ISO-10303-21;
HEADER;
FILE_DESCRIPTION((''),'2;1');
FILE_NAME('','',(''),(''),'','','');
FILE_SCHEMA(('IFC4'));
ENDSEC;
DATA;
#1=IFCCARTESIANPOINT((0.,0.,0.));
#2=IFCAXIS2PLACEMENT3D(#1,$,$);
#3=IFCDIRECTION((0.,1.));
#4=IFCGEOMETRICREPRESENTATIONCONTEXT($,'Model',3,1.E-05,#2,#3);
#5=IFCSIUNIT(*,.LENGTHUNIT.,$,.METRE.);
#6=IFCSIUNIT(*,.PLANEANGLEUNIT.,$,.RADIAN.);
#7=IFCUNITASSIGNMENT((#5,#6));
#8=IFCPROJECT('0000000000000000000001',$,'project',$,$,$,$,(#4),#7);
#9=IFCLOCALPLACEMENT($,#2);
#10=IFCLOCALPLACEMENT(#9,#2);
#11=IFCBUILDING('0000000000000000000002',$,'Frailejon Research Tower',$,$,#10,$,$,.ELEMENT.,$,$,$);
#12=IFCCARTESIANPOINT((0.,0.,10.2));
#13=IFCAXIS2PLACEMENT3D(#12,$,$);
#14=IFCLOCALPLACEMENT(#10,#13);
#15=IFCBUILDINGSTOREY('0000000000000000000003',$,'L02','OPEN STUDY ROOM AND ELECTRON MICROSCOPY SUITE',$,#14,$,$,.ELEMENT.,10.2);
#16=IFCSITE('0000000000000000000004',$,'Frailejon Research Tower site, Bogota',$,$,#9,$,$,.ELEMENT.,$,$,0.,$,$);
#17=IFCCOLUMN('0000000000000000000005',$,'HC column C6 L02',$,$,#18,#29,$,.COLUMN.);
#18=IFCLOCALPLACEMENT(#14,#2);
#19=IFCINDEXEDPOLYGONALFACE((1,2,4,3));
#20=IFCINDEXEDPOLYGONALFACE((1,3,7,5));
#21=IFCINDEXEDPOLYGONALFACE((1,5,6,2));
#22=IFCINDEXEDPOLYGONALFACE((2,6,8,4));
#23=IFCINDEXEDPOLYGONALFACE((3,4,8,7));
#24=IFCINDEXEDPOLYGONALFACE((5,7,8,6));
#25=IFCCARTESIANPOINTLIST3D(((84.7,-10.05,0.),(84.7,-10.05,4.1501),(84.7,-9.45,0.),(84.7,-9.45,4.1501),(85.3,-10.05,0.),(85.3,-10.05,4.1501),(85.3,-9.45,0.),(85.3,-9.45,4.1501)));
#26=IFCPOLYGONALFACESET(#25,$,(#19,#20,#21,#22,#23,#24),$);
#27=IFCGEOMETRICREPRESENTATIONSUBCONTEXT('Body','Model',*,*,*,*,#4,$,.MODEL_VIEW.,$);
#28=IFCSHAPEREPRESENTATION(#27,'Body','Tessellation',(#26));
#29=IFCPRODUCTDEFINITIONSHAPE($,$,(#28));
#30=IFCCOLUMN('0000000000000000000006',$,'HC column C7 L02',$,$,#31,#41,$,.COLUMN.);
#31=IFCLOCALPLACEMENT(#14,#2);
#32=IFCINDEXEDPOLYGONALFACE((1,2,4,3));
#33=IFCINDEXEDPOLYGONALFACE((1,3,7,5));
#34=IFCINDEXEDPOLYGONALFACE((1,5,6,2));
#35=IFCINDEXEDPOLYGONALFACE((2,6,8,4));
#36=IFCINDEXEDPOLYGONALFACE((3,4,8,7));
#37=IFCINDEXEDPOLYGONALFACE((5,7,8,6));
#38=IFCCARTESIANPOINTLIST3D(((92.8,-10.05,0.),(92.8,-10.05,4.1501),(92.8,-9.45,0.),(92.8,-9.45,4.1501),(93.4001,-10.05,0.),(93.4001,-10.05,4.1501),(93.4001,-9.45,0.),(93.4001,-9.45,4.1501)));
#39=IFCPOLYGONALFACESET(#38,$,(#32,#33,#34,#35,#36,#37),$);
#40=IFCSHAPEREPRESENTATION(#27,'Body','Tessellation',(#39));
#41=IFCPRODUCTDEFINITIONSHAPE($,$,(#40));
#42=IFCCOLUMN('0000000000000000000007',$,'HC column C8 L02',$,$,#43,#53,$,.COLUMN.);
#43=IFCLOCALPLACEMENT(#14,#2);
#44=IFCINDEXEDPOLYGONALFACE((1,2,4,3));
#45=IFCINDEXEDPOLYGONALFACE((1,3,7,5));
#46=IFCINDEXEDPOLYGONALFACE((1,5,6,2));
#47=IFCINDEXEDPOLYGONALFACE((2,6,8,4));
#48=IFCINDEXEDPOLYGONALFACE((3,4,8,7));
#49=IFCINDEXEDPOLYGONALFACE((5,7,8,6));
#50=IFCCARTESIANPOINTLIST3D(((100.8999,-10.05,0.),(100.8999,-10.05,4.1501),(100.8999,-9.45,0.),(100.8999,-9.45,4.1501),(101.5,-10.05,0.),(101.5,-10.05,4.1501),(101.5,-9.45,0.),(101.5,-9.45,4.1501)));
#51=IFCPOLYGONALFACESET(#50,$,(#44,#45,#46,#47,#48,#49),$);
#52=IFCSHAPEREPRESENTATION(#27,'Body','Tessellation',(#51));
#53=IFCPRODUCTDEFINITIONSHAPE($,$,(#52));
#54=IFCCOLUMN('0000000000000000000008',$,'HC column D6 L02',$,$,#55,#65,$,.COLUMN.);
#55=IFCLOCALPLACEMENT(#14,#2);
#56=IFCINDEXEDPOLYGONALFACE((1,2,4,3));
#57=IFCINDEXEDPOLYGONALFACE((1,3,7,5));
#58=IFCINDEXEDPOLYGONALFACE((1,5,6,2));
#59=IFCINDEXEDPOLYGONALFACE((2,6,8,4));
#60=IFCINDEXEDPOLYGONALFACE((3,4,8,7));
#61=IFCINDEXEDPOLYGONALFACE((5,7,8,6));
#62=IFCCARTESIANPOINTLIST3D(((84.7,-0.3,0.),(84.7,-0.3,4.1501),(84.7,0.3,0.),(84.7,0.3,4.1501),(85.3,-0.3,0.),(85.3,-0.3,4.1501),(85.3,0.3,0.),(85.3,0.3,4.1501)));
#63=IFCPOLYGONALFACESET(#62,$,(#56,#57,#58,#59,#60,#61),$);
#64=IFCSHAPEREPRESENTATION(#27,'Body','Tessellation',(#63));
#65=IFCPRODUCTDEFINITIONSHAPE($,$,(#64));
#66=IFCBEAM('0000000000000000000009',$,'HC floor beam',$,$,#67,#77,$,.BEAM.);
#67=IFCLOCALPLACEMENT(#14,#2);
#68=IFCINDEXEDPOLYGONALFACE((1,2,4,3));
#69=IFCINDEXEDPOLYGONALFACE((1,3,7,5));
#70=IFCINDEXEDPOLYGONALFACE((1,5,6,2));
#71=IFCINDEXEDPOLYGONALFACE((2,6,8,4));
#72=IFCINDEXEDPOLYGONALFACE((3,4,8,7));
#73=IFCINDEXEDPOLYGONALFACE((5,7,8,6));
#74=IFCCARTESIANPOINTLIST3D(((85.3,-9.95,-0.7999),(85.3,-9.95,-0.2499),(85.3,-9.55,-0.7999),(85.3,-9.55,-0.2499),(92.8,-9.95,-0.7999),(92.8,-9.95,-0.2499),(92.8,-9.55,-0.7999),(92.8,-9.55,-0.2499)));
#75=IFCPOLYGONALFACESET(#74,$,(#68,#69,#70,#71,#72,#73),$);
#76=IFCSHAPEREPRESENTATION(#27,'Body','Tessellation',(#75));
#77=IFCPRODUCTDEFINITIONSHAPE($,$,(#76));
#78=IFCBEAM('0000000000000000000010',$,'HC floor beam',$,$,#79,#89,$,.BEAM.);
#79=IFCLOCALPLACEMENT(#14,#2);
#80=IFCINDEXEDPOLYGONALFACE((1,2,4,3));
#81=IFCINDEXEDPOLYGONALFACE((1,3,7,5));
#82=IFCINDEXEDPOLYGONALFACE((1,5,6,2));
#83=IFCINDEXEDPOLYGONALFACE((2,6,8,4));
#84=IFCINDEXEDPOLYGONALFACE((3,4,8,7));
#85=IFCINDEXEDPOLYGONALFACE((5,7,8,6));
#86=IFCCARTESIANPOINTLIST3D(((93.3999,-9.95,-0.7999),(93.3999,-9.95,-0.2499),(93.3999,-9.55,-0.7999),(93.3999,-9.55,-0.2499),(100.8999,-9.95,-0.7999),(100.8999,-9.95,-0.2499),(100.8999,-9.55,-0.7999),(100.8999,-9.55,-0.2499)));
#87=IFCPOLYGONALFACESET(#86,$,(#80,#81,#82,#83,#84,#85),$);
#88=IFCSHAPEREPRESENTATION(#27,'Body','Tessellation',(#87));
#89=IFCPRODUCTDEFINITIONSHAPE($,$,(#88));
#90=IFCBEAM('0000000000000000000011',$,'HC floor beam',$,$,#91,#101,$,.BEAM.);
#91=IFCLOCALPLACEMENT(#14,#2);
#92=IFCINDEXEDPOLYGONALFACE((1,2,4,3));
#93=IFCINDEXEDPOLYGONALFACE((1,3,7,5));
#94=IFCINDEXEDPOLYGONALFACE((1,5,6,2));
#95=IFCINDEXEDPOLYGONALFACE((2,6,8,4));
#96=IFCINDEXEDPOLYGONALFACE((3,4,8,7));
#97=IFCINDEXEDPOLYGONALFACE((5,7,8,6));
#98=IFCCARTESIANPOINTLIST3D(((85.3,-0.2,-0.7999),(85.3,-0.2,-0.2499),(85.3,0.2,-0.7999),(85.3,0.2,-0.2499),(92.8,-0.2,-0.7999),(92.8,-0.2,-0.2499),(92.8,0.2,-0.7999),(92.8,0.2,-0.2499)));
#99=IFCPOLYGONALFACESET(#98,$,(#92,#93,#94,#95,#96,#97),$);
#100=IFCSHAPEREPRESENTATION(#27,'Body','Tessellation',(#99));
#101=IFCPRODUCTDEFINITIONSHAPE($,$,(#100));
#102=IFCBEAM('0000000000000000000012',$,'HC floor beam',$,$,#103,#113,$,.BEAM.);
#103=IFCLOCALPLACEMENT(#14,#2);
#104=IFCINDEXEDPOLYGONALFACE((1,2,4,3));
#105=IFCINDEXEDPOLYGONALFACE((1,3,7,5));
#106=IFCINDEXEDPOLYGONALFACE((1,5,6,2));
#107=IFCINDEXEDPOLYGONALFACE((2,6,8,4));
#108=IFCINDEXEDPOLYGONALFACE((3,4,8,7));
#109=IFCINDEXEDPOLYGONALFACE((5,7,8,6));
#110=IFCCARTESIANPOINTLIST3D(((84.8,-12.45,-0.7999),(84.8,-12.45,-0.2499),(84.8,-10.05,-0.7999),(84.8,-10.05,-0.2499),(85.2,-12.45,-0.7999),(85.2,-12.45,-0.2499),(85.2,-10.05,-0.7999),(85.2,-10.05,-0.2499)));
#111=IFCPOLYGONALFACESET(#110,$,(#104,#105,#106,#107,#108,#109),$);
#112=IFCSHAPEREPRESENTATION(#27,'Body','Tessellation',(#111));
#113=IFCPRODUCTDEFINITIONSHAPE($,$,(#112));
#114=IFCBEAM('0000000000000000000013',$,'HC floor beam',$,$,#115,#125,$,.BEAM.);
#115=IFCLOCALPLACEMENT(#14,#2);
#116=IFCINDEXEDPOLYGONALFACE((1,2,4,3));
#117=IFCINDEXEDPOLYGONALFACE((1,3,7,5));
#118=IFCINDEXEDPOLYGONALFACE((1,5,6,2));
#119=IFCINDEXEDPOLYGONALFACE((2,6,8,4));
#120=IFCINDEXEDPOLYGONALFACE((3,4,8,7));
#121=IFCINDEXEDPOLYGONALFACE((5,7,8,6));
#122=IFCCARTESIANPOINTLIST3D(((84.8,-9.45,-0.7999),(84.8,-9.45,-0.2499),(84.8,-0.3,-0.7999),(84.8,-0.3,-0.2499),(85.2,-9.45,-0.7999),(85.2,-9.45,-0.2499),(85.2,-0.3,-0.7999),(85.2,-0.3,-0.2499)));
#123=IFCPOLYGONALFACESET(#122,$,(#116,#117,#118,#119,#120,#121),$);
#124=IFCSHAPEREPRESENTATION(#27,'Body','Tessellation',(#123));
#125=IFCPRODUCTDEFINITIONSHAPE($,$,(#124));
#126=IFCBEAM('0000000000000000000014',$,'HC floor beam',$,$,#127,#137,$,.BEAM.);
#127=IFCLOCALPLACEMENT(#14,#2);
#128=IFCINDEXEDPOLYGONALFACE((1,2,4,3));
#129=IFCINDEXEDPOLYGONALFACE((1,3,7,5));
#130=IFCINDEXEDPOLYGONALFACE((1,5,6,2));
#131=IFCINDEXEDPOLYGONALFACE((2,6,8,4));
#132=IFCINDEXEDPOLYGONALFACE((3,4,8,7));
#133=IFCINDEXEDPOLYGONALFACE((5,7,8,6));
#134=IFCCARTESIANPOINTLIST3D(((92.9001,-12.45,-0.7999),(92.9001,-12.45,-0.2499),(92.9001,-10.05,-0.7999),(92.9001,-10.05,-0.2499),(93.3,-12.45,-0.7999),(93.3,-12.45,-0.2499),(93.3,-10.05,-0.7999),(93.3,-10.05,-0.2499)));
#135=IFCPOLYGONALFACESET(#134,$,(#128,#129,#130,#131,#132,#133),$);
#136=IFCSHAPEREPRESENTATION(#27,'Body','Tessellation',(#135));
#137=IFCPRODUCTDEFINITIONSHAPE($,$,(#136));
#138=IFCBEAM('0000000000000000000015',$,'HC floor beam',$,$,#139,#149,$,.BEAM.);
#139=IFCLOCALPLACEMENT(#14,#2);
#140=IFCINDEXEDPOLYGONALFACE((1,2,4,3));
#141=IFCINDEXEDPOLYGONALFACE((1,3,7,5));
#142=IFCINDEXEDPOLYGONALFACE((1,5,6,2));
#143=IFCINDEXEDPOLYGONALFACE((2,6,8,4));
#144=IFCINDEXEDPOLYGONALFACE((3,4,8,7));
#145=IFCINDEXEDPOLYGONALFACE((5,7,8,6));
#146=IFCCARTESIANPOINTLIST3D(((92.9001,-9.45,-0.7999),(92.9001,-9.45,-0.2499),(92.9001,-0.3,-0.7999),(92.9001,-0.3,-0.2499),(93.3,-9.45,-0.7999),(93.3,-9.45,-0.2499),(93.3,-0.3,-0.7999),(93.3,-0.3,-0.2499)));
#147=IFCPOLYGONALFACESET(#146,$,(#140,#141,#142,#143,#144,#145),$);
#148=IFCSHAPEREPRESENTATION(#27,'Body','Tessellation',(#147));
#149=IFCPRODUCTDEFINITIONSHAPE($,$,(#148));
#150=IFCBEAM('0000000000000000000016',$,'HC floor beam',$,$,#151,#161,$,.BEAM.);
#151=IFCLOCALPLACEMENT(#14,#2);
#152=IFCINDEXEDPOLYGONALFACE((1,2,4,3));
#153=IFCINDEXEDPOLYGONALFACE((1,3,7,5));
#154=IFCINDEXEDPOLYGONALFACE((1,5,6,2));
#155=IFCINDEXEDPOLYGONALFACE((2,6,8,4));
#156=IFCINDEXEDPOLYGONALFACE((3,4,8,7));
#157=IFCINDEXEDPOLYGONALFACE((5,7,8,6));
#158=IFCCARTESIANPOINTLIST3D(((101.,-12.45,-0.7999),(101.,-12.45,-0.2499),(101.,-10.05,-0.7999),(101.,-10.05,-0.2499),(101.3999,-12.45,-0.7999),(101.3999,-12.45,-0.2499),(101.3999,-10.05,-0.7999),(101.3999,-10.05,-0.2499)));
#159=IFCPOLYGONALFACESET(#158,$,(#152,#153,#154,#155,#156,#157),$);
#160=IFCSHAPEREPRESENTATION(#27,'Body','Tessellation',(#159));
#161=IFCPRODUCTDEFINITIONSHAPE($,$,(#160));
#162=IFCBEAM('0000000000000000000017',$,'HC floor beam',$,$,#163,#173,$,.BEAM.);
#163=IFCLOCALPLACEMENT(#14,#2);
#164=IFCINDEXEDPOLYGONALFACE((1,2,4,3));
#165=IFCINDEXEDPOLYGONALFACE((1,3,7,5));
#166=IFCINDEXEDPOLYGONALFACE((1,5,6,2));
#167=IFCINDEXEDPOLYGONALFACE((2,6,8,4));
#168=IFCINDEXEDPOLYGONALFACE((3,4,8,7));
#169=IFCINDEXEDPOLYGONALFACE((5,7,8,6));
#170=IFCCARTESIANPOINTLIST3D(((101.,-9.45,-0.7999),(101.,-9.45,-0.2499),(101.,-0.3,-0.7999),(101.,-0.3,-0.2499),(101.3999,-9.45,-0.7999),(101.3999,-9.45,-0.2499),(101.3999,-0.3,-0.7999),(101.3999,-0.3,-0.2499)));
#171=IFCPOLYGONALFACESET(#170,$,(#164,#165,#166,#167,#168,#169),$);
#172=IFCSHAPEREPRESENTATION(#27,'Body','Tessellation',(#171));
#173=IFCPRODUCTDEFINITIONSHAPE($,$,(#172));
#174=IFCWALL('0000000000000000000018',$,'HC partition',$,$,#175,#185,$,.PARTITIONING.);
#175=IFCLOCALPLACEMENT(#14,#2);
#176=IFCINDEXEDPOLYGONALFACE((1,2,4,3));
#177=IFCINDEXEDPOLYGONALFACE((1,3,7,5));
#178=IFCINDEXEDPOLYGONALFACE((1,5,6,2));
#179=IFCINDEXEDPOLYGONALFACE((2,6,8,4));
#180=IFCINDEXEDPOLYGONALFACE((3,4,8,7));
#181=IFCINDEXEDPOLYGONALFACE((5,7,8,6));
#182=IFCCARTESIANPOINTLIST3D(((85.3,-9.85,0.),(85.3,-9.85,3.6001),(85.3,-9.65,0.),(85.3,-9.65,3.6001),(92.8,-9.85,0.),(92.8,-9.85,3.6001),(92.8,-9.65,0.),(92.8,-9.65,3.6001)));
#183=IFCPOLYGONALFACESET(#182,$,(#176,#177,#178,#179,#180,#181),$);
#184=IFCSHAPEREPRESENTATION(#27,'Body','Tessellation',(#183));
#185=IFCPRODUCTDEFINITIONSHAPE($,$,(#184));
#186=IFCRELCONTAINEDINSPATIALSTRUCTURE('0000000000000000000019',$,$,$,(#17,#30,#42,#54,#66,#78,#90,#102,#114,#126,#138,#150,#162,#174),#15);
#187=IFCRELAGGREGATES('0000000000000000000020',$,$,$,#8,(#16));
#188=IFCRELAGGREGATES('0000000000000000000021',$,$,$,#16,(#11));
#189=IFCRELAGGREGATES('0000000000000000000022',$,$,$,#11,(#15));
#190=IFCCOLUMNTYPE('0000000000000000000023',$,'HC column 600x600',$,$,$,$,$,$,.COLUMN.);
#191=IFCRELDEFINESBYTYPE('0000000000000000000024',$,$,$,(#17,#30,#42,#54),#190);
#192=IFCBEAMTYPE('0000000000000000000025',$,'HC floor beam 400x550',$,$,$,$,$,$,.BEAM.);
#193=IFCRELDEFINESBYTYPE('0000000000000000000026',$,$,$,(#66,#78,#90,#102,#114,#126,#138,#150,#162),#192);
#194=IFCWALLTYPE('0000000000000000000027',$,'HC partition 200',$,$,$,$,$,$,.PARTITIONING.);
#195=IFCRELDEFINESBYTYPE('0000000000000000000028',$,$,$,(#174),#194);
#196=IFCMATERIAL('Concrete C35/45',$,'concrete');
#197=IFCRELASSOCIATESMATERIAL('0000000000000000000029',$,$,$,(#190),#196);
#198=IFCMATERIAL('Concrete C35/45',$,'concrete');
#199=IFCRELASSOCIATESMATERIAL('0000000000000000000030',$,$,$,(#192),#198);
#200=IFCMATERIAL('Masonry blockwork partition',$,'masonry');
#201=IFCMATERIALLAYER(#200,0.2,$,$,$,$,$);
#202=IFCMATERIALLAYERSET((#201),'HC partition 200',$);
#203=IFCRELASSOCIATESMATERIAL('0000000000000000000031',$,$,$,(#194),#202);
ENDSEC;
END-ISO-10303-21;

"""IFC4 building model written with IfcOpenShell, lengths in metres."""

from ifc_helpers import new_model, si_unit, direction, frame, frame_2d, origin, origin_2d, place, context, subcontext, project, spatial, rectangle, extrude, material, layer, layer_set, material_profile, profile_set, type_object, element, save


model = new_model("IFC4")

# Units and contexts
model_context = context("Model", 3, precision=1e-05, world=origin(), true_north=direction((0.0, 1.0)))
body_context = subcontext(model_context, "Body", "Model", "MODEL_VIEW")
ifc_project = project(units=[si_unit("LENGTHUNIT", "METRE"), si_unit("PLANEANGLEUNIT", "RADIAN")], contexts=[model_context])

# Site, building, storey
site_placement = place(None, origin())
site = spatial("IfcSite", under=ifc_project, at=site_placement, Name="Frailejon Research Tower site, Bogota", CompositionType="ELEMENT", RefElevation=0.0)
building_placement = place(site_placement, origin())
building = spatial("IfcBuilding", under=site, at=building_placement, Name="Frailejon Research Tower", CompositionType="ELEMENT")
storey_placement = place(building_placement, frame((0.0, 0.0, 10.2)))
storey = spatial("IfcBuildingStorey", under=building, at=storey_placement, Name="L02", Description="OPEN STUDY ROOM AND ELECTRON MICROSCOPY SUITE", CompositionType="ELEMENT", Elevation=10.2)

# Columns
ifc_material_1 = material(Name="Concrete C35/45", Category="concrete")
ifc_material_profile_1 = material_profile(ifc_material_1, rectangle(XDim=0.6001, YDim=0.6001, at=origin_2d()), Name="HC column 600x600")
ifc_profile_set_1 = profile_set([ifc_material_profile_1], Name="Concrete C35/45")
column_type = type_object("IfcColumnType", Name="HC column 600x600", PredefinedType="COLUMN", material=ifc_profile_set_1)
for number, where, z_axis, x_axis, name in (
    (1, (85.0, -9.75, 0.0), (0.0, 0.0, 1.0), (1.0, 0.0, 0.0), "HC column C6 L02"),
    (2, (93.1001, -9.75, 0.0), (0.0, 0.0, 1.0), (1.0, 0.0, 0.0), "HC column C7 L02"),
    (3, (101.2, -9.75, 0.0), (0.0, 0.0, 1.0), (1.0, 0.0, 0.0), "HC column C8 L02"),
    (4, (85.0, 0.0, 0.0), (0.0, 0.0, 1.0), (1.0, 0.0, 0.0), "HC column D6 L02"),
):
    element("IfcColumn", number, at=place(storey_placement, frame(where, z_axis=z_axis, x_axis=x_axis)), inside=storey, type_object=column_type, Name=name, PredefinedType="COLUMN", context=body_context, shape_type="SweptSolid", body=[
        extrude(rectangle(XDim=0.6001, YDim=0.6001, at=origin_2d()), origin(), (0.0, 0.0, 1.0), 4.1501),
    ])

# Beams
ifc_material_2 = material(Name="Concrete C35/45", Category="concrete")
ifc_material_profile_2 = material_profile(ifc_material_2, rectangle(XDim=0.3999, YDim=0.55, at=origin_2d()), Name="HC floor beam 400x550")
ifc_profile_set_2 = profile_set([ifc_material_profile_2], Name="Concrete C35/45")
beam_type = type_object("IfcBeamType", Name="HC floor beam 400x550", PredefinedType="BEAM", material=ifc_profile_set_2)
for number, where, z_axis, x_axis, name in (
    (5, (85.3, -9.75, -0.5249), (1.0, 0.0, 0.0), (0.0, 1.0, 0.0), "HC floor beam"),
    (6, (93.3999, -9.75, -0.5249), (1.0, 0.0, 0.0), (0.0, 1.0, 0.0), "HC floor beam"),
    (7, (85.3, 0.0, -0.5249), (1.0, 0.0, 0.0), (0.0, 1.0, 0.0), "HC floor beam"),
):
    element("IfcBeam", number, at=place(storey_placement, frame(where, z_axis=z_axis, x_axis=x_axis)), inside=storey, type_object=beam_type, Name=name, PredefinedType="BEAM", context=body_context, shape_type="SweptSolid", body=[
        extrude(rectangle(XDim=0.3999, YDim=0.55, at=origin_2d()), origin(), (0.0, 0.0, 1.0), 7.5),
    ])
beam_1_placement = place(storey_placement, frame((85.0, -12.45, -0.5249), z_axis=(0.0, 1.0, 0.0), x_axis=(-1.0, 0.0, 0.0)))
element("IfcBeam", 8, at=beam_1_placement, inside=storey, type_object=beam_type, Name="HC floor beam", PredefinedType="BEAM", context=body_context, shape_type="SweptSolid", body=[
    extrude(rectangle(XDim=0.3999, YDim=0.55, at=origin_2d()), origin(), (0.0, 0.0, 1.0), 2.3999),
])
beam_2_placement = place(storey_placement, frame((85.0, -9.45, -0.5249), z_axis=(0.0, 1.0, 0.0), x_axis=(-1.0, 0.0, 0.0)))
element("IfcBeam", 9, at=beam_2_placement, inside=storey, type_object=beam_type, Name="HC floor beam", PredefinedType="BEAM", context=body_context, shape_type="SweptSolid", body=[
    extrude(rectangle(XDim=0.3999, YDim=0.55, at=origin_2d()), origin(), (0.0, 0.0, 1.0), 9.1499),
])
beam_3_placement = place(storey_placement, frame((93.1001, -12.45, -0.5249), z_axis=(0.0, 1.0, 0.0), x_axis=(-1.0, 0.0, 0.0)))
element("IfcBeam", 10, at=beam_3_placement, inside=storey, type_object=beam_type, Name="HC floor beam", PredefinedType="BEAM", context=body_context, shape_type="SweptSolid", body=[
    extrude(rectangle(XDim=0.3999, YDim=0.55, at=origin_2d()), origin(), (0.0, 0.0, 1.0), 2.3999),
])
beam_4_placement = place(storey_placement, frame((93.1001, -9.45, -0.5249), z_axis=(0.0, 1.0, 0.0), x_axis=(-1.0, 0.0, 0.0)))
element("IfcBeam", 11, at=beam_4_placement, inside=storey, type_object=beam_type, Name="HC floor beam", PredefinedType="BEAM", context=body_context, shape_type="SweptSolid", body=[
    extrude(rectangle(XDim=0.3999, YDim=0.55, at=origin_2d()), origin(), (0.0, 0.0, 1.0), 9.1499),
])
beam_5_placement = place(storey_placement, frame((101.2, -12.45, -0.5249), z_axis=(0.0, 1.0, 0.0), x_axis=(-1.0, 0.0, 0.0)))
element("IfcBeam", 12, at=beam_5_placement, inside=storey, type_object=beam_type, Name="HC floor beam", PredefinedType="BEAM", context=body_context, shape_type="SweptSolid", body=[
    extrude(rectangle(XDim=0.3999, YDim=0.55, at=origin_2d()), origin(), (0.0, 0.0, 1.0), 2.3999),
])
beam_6_placement = place(storey_placement, frame((101.2, -9.45, -0.5249), z_axis=(0.0, 1.0, 0.0), x_axis=(-1.0, 0.0, 0.0)))
element("IfcBeam", 13, at=beam_6_placement, inside=storey, type_object=beam_type, Name="HC floor beam", PredefinedType="BEAM", context=body_context, shape_type="SweptSolid", body=[
    extrude(rectangle(XDim=0.3999, YDim=0.55, at=origin_2d()), origin(), (0.0, 0.0, 1.0), 9.1499),
])

# Wall
ifc_material_3 = material(Name="Masonry blockwork partition", Category="masonry")
ifc_layer_1 = layer(ifc_material_3, 0.2)
ifc_layer_set_1 = layer_set([ifc_layer_1], Name="HC partition 200")
wall_type = type_object("IfcWallType", Name="HC partition 200", PredefinedType="PARTITIONING", material=ifc_layer_set_1)
wall_1_placement = place(storey_placement, frame((85.3, -9.75, 0.0), z_axis=(0.0, 0.0, 1.0), x_axis=(1.0, 0.0, 0.0)))
element("IfcWall", 14, at=wall_1_placement, inside=storey, type_object=wall_type, Name="HC partition", PredefinedType="PARTITIONING", context=body_context, shape_type="SweptSolid", body=[
    extrude(rectangle(XDim=7.5, YDim=0.2, at=frame_2d((3.75, 0.0))), origin(), (0.0, 0.0, 1.0), 3.6001),
])

save(model, "model.ifc")
